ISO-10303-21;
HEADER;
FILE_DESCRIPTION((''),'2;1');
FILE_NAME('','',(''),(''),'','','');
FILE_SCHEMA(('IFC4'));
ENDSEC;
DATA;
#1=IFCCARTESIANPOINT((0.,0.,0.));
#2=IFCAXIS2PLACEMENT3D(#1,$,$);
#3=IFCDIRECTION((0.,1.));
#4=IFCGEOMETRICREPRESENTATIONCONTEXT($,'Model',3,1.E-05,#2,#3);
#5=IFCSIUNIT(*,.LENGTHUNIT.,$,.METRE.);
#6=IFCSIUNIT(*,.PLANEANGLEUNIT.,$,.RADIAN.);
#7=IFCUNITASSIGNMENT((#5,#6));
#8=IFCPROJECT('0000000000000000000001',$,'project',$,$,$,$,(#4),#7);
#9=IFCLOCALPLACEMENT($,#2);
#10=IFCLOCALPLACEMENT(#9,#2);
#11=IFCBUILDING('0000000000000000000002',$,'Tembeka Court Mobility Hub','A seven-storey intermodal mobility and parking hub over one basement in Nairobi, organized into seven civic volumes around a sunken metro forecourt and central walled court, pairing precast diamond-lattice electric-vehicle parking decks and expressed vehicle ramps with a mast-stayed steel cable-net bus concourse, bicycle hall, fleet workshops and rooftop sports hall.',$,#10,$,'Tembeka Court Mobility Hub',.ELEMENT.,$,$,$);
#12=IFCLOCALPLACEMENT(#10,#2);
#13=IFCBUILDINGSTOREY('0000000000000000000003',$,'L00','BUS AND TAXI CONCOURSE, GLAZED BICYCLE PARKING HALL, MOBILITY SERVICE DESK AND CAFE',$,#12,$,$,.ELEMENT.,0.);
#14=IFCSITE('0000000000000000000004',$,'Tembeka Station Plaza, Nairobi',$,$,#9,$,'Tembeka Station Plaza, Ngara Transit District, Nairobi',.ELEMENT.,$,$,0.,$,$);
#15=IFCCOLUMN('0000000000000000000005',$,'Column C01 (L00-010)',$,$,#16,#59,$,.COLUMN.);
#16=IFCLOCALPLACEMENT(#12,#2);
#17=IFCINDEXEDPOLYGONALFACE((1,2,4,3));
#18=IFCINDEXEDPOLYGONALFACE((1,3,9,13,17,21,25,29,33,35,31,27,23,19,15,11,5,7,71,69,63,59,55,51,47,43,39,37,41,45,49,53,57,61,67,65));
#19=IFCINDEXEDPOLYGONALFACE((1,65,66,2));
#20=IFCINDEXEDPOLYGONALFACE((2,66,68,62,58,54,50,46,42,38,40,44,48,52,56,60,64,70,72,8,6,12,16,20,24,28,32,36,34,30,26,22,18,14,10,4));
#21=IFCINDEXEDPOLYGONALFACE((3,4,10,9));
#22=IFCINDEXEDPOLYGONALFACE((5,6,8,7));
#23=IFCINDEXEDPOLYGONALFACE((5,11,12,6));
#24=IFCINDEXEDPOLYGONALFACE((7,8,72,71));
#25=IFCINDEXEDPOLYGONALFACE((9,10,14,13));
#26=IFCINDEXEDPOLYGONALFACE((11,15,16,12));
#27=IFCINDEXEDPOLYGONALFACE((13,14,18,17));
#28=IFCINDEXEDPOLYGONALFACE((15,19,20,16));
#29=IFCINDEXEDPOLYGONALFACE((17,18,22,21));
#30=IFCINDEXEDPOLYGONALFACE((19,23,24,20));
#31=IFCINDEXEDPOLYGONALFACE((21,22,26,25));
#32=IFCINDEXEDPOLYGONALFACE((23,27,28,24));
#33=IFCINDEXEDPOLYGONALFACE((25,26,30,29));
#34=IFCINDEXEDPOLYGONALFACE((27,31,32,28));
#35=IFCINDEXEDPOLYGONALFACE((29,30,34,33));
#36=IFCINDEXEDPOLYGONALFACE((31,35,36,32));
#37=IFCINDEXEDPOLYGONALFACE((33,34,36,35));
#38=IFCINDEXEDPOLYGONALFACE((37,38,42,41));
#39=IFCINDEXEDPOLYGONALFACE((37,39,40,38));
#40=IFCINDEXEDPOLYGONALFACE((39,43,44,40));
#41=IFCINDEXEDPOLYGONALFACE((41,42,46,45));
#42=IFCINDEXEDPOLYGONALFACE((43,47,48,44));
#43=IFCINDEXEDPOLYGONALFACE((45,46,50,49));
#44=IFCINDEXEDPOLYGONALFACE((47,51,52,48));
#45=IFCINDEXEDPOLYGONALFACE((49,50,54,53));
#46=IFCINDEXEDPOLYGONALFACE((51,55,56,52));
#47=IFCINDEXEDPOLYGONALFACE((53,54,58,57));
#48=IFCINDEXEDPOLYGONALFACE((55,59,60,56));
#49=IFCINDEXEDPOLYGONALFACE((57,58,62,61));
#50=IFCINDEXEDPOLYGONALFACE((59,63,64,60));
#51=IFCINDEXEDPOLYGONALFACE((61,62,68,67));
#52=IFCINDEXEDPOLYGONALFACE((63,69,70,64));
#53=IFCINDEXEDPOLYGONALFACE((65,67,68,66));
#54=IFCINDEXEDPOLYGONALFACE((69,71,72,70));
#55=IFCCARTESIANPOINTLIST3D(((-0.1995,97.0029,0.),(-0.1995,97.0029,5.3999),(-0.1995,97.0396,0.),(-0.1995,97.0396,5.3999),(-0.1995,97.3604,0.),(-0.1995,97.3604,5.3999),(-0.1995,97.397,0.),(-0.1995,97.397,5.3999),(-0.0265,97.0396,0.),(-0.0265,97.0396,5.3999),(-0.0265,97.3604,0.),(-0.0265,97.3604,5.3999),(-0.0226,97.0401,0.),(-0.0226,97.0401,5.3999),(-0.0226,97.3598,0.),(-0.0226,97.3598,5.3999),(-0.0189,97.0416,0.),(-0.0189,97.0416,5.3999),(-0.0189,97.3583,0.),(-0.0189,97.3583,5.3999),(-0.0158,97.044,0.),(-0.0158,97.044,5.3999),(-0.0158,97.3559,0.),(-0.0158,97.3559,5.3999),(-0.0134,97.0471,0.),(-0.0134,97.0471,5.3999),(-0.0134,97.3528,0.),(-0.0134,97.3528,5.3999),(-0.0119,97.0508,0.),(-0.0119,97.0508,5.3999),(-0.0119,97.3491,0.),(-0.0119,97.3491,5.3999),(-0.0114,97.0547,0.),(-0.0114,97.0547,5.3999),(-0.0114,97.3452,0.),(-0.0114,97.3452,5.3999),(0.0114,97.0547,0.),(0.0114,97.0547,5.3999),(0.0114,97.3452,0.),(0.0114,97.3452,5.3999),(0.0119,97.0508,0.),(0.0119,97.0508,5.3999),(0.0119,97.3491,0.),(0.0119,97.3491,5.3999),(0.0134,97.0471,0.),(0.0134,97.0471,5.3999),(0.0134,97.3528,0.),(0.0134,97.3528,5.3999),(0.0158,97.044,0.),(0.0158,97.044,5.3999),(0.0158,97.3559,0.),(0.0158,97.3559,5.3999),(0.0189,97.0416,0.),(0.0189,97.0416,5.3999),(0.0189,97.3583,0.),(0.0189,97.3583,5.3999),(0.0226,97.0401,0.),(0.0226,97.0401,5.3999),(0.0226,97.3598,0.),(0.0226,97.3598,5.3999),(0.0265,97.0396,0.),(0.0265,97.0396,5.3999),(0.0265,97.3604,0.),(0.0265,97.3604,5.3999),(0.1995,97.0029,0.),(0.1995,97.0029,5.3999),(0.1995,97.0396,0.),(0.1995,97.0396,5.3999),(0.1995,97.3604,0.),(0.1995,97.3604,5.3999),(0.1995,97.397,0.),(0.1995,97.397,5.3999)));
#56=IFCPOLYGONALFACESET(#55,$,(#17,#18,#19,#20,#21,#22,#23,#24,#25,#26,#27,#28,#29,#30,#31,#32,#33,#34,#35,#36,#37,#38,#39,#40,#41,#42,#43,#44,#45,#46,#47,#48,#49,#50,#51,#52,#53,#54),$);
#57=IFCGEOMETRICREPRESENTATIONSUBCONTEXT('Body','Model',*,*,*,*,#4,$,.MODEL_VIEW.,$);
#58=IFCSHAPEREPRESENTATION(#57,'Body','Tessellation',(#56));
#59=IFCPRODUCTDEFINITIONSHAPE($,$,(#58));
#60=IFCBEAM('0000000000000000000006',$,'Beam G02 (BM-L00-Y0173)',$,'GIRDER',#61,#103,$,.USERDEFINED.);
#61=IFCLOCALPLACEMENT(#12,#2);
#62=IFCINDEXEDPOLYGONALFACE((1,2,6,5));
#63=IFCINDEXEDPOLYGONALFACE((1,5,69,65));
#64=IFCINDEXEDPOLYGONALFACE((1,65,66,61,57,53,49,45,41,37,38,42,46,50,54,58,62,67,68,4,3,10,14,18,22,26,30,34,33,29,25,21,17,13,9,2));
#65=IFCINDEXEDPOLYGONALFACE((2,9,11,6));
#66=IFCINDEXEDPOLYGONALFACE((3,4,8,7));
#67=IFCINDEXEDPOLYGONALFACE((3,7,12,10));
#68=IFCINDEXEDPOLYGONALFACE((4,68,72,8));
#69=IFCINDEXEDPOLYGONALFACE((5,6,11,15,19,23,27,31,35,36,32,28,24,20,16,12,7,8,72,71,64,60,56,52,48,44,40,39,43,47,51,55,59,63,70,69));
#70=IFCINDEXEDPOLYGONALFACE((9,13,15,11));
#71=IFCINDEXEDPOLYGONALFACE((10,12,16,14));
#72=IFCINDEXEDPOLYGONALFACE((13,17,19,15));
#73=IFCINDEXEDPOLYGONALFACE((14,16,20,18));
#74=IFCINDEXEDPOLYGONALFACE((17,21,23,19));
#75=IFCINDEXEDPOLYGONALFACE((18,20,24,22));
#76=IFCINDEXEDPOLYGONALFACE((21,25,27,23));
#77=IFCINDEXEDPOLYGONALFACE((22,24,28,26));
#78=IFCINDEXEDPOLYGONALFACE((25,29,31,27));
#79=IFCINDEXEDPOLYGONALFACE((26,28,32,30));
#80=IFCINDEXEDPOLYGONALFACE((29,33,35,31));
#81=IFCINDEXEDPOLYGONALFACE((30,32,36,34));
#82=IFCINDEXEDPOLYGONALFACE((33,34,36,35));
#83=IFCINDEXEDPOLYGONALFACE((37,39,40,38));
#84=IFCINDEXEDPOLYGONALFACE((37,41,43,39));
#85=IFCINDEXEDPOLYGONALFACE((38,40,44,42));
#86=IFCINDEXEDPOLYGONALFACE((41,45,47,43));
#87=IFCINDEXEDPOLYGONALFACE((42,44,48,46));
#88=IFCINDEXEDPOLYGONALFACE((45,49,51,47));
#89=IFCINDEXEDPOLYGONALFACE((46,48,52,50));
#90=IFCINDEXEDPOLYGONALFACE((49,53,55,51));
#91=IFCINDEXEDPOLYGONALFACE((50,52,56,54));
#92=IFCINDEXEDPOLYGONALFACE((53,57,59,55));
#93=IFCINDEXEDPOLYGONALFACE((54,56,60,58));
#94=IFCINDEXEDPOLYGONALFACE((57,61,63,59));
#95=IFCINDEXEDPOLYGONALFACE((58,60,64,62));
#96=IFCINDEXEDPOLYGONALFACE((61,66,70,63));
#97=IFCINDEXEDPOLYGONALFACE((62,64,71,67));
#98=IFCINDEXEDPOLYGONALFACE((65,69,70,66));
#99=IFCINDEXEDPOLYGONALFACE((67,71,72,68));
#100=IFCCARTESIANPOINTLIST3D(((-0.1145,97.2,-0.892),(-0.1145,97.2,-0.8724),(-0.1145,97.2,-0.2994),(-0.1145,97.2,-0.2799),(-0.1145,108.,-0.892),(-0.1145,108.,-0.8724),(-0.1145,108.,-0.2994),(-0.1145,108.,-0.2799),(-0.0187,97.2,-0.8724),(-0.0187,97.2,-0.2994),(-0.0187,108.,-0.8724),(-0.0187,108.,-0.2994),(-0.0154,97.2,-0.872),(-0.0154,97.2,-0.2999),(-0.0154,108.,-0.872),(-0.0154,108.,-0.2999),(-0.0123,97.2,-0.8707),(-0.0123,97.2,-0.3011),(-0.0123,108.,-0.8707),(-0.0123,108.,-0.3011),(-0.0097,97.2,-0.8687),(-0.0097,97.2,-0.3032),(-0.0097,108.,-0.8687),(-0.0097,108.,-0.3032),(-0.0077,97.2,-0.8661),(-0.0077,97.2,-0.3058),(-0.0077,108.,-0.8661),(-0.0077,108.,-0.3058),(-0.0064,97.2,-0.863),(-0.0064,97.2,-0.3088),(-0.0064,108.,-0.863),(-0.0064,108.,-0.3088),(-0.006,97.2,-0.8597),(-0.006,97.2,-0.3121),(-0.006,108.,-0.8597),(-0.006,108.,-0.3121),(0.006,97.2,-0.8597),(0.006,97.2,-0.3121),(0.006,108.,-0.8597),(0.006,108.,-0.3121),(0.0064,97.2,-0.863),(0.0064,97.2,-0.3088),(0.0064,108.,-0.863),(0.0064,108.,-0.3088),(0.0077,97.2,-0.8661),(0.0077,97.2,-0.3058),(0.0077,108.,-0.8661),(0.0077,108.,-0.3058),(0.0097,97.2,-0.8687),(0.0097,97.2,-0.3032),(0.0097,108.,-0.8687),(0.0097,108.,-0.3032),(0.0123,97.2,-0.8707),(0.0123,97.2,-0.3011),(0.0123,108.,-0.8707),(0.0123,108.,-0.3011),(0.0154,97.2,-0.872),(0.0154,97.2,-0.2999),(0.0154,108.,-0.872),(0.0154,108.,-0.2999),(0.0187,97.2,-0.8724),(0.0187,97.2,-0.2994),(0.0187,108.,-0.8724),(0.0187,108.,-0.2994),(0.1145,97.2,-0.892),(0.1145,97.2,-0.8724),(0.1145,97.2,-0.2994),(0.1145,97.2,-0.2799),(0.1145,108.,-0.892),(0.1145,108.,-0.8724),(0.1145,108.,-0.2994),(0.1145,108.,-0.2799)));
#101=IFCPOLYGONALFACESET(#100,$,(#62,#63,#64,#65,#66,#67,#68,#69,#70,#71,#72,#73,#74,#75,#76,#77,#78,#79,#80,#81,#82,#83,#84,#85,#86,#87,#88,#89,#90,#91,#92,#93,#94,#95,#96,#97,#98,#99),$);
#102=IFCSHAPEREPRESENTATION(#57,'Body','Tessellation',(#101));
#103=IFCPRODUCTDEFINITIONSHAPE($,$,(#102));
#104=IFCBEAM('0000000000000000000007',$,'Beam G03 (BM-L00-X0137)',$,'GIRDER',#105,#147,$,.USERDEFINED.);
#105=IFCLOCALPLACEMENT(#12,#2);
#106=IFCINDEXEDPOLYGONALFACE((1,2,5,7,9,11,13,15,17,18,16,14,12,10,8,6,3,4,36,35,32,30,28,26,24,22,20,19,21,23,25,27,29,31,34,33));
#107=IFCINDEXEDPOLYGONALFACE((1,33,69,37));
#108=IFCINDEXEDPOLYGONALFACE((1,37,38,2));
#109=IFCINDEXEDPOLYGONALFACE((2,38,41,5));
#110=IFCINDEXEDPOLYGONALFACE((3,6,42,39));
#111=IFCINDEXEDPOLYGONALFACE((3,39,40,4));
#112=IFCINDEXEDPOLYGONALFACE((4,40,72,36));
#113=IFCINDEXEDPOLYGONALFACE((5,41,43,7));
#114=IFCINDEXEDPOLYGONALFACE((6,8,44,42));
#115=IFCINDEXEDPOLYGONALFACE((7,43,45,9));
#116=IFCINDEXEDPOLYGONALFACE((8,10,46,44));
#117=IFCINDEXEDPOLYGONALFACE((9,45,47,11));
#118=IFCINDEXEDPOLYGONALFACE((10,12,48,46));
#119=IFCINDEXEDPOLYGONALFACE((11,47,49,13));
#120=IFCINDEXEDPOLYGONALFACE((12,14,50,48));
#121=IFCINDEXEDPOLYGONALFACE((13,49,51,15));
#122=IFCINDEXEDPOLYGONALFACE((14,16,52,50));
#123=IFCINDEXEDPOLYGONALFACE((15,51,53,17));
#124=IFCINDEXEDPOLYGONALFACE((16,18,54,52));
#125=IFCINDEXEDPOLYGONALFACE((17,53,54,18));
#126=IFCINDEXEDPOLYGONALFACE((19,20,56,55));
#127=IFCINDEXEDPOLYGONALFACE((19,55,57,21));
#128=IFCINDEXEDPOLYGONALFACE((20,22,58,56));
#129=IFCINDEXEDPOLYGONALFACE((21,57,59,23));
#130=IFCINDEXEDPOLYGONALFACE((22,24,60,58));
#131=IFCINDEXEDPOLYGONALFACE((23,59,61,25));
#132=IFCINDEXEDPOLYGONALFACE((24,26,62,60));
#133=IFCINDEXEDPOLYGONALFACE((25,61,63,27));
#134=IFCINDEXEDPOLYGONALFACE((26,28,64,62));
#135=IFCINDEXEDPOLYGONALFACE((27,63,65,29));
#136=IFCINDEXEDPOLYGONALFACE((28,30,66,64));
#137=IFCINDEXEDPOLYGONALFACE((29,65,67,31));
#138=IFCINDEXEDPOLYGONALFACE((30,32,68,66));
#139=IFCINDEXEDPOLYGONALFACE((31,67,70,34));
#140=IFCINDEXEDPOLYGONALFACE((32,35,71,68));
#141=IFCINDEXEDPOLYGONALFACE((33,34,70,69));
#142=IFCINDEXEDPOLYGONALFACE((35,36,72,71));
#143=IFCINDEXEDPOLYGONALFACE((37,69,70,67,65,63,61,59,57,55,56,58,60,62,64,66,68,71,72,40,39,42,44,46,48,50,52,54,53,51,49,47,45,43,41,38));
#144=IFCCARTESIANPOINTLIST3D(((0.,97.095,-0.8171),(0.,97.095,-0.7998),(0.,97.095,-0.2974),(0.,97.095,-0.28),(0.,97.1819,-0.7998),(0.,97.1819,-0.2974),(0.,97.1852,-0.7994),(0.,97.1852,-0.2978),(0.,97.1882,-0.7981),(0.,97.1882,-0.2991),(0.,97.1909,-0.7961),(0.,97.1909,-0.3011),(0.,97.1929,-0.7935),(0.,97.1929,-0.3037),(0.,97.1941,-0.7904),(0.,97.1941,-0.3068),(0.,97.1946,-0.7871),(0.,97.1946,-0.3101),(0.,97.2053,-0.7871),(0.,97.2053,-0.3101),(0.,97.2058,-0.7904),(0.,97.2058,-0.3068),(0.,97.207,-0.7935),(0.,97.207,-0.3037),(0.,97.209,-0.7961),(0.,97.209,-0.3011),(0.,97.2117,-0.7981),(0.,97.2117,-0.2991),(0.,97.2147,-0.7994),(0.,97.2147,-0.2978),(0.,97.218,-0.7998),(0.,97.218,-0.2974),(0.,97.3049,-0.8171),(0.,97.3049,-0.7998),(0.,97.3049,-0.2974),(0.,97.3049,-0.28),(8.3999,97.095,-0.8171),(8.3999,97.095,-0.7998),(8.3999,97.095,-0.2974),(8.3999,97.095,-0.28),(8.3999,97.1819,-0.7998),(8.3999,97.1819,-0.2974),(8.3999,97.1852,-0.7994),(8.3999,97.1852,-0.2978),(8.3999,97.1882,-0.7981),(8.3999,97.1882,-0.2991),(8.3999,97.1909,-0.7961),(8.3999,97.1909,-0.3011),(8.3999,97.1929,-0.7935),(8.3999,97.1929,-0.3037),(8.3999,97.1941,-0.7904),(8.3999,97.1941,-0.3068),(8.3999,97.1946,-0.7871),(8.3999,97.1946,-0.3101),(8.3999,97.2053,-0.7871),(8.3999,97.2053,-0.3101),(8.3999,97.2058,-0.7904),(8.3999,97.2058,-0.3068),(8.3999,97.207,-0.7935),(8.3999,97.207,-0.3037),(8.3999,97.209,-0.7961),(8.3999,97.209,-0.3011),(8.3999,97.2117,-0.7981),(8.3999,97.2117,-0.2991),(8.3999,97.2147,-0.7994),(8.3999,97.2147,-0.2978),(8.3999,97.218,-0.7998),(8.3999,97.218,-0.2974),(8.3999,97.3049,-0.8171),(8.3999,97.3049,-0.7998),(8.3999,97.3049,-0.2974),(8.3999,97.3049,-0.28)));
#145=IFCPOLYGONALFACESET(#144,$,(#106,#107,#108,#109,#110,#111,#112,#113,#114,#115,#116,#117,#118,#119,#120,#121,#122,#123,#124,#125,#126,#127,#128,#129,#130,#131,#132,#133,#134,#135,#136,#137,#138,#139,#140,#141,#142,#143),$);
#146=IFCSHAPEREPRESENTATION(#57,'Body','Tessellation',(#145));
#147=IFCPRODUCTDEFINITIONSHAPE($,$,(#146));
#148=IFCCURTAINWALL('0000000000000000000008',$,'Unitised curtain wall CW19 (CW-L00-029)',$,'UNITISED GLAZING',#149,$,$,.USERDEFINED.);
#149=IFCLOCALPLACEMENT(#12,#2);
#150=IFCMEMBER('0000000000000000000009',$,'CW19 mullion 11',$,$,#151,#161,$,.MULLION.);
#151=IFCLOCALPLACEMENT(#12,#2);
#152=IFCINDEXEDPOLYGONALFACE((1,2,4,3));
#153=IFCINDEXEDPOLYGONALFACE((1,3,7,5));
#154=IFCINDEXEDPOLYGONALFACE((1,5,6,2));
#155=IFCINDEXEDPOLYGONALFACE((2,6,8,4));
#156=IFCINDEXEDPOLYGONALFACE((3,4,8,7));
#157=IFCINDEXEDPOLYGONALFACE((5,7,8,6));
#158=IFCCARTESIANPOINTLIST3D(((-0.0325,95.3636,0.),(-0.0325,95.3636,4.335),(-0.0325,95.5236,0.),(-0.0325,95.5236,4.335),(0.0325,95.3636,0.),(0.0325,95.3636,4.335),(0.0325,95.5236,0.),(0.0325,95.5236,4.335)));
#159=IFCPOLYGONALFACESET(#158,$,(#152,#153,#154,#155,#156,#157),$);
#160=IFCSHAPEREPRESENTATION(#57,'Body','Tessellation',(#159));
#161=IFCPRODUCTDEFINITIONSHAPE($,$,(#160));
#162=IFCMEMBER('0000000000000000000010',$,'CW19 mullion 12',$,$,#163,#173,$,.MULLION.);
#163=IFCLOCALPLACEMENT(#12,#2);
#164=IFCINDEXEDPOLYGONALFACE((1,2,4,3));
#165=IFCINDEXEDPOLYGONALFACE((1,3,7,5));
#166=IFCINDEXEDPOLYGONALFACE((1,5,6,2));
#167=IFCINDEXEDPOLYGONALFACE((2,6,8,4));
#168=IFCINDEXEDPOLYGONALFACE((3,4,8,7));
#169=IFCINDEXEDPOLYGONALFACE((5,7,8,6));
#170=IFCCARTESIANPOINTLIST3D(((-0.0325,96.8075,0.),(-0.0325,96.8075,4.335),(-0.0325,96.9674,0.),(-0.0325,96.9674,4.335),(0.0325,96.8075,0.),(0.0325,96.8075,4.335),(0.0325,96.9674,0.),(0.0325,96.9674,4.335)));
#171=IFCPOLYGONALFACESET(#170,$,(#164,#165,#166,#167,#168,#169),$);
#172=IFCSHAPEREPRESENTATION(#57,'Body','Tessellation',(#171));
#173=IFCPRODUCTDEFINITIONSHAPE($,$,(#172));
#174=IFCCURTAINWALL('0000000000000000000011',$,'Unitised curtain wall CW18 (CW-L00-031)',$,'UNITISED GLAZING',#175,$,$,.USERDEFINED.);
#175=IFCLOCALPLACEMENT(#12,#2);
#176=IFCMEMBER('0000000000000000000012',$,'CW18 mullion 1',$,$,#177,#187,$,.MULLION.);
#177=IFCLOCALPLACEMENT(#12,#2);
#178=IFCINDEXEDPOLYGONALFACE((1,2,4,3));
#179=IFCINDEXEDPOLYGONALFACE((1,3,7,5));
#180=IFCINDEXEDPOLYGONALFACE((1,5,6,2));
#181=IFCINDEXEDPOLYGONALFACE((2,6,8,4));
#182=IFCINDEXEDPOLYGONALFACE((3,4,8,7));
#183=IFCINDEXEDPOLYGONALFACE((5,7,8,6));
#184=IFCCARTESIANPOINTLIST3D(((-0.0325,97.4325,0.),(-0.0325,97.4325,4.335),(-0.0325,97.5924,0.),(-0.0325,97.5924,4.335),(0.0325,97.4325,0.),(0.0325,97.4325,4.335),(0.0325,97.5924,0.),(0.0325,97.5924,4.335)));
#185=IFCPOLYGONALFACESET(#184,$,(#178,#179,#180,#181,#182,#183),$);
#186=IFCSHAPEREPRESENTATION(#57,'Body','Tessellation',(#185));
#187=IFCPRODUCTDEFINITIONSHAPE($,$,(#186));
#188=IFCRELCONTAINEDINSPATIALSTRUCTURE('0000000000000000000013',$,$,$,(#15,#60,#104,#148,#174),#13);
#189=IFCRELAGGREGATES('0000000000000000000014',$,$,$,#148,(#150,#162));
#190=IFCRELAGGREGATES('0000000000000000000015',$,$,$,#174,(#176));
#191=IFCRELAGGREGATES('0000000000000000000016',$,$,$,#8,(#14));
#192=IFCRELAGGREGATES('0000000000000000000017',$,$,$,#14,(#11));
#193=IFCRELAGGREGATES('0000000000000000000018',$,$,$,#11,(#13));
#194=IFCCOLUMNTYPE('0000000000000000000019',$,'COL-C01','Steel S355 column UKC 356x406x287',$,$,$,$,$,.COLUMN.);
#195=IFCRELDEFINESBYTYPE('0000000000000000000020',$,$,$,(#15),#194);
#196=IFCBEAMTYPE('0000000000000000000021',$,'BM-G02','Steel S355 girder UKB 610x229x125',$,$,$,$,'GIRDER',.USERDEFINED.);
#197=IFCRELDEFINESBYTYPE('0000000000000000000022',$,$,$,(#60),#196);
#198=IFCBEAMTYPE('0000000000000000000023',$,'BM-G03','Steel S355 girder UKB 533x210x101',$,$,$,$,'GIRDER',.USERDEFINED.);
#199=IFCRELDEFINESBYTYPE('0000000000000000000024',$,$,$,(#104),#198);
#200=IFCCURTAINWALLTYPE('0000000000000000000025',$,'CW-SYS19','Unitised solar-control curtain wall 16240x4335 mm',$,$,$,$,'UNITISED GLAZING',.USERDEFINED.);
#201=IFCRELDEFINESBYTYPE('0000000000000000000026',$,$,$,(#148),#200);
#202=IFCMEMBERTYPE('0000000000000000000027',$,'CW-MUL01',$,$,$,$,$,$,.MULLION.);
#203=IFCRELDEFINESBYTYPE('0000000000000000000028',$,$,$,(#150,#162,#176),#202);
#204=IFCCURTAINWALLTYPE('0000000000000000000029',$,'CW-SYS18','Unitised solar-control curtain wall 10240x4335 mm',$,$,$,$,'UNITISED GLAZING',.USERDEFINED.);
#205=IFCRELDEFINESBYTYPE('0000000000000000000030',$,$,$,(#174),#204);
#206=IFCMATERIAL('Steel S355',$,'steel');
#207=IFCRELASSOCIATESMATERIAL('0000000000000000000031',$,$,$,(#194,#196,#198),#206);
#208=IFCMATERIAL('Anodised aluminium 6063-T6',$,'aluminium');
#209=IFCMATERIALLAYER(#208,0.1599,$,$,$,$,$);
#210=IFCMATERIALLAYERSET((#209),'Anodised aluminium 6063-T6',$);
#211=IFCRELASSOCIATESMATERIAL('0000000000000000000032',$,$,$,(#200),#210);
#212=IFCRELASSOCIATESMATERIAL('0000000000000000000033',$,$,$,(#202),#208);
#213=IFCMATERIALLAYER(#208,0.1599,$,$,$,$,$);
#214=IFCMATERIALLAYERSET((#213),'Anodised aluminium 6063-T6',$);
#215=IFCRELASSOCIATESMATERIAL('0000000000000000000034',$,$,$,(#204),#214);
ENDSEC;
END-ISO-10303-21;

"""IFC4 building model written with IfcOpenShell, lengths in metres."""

from ifc_helpers import new_model, si_unit, direction, frame, origin, origin_2d, place, context, subcontext, project, spatial, rectangle, i_section, extrude, material, layer, layer_set, material_profile, profile_set, type_object, element, aggregate, save


model = new_model("IFC4")

# Units and contexts
model_context = context("Model", 3, precision=1e-05, world=origin(), true_north=direction((0.0, 1.0)))
body_context = subcontext(model_context, "Body", "Model", "MODEL_VIEW")
ifc_project = project(units=[si_unit("LENGTHUNIT", "METRE"), si_unit("PLANEANGLEUNIT", "RADIAN")], contexts=[model_context])

# Site, building, storey
site_placement = place(None, origin())
site = spatial("IfcSite", under=ifc_project, at=site_placement, Name="Tembeka Station Plaza, Nairobi", LongName="Tembeka Station Plaza, Ngara Transit District, Nairobi", CompositionType="ELEMENT", RefElevation=0.0)
building_placement = place(site_placement, origin())
building = spatial("IfcBuilding", under=site, at=building_placement, Name="Tembeka Court Mobility Hub", Description="A seven-storey intermodal mobility and parking hub over one basement in Nairobi, organized into seven civic volumes around a sunken metro forecourt and central walled court, pairing precast diamond-lattice electric-vehicle parking decks and expressed vehicle ramps with a mast-stayed steel cable-net bus concourse, bicycle hall, fleet workshops and rooftop sports hall.", LongName="Tembeka Court Mobility Hub", CompositionType="ELEMENT")
storey_placement = place(building_placement, origin())
storey = spatial("IfcBuildingStorey", under=building, at=storey_placement, Name="L00", Description="BUS AND TAXI CONCOURSE, GLAZED BICYCLE PARKING HALL, MOBILITY SERVICE DESK AND CAFE", CompositionType="ELEMENT", Elevation=0.0)

# Column
ifc_material_1 = material(Name="Steel S355", Category="steel")
ifc_material_profile_1 = material_profile(ifc_material_1, i_section(OverallWidth=0.3989, OverallDepth=0.394, WebThickness=0.0227, FlangeThickness=0.0366, FilletRadius=0.0151, at=origin_2d()), Name="UKC 356x406x287")
ifc_profile_set_1 = profile_set([ifc_material_profile_1], Name="Steel S355")
column_type = type_object("IfcColumnType", Name="COL-C01", Description="Steel S355 column UKC 356x406x287", PredefinedType="COLUMN", material=ifc_profile_set_1)
column_placement = place(storey_placement, frame((0.0, 97.2, 0.0), z_axis=(0.0, 0.0, 1.0), x_axis=(1.0, 0.0, 0.0)))
element("IfcColumn", 1, at=column_placement, inside=storey, type_object=column_type, Name="Column C01 (L00-010)", PredefinedType="COLUMN", context=body_context, shape_type="SweptSolid", body=[
    extrude(i_section(OverallWidth=0.3989, OverallDepth=0.394, WebThickness=0.0227, FlangeThickness=0.0366, FilletRadius=0.0151, at=origin_2d()), origin(), (0.0, 0.0, 1.0), 5.3999),
])

# Beams
ifc_material_profile_2 = material_profile(ifc_material_1, i_section(OverallWidth=0.229, OverallDepth=0.6121, WebThickness=0.012, FlangeThickness=0.0195, FilletRadius=0.0127, at=origin_2d()), Name="UKB 610x229x125")
ifc_profile_set_2 = profile_set([ifc_material_profile_2], Name="Steel S355")
beam_type_1 = type_object("IfcBeamType", Name="BM-G02", Description="Steel S355 girder UKB 610x229x125", ElementType="GIRDER", PredefinedType="USERDEFINED", material=ifc_profile_set_2)
beam_1_placement = place(storey_placement, frame((0.0, 97.2, -0.5859), z_axis=(0.0, 1.0, 0.0), x_axis=(-1.0, 0.0, 0.0)))
element("IfcBeam", 2, at=beam_1_placement, inside=storey, type_object=beam_type_1, Name="Beam G02 (BM-L00-Y0173)", ObjectType="GIRDER", PredefinedType="USERDEFINED", context=body_context, shape_type="SweptSolid", body=[
    extrude(i_section(OverallWidth=0.229, OverallDepth=0.6121, WebThickness=0.012, FlangeThickness=0.0195, FilletRadius=0.0127, at=origin_2d()), origin(), (0.0, 0.0, 1.0), 10.8),
])
ifc_material_profile_3 = material_profile(ifc_material_1, i_section(OverallWidth=0.21, OverallDepth=0.5371, WebThickness=0.0107, FlangeThickness=0.0173, FilletRadius=0.0127, at=origin_2d()), Name="UKB 533x210x101")
ifc_profile_set_3 = profile_set([ifc_material_profile_3], Name="Steel S355")
beam_type_2 = type_object("IfcBeamType", Name="BM-G03", Description="Steel S355 girder UKB 533x210x101", ElementType="GIRDER", PredefinedType="USERDEFINED", material=ifc_profile_set_3)
beam_2_placement = place(storey_placement, frame((0.0, 97.2, -0.5486), z_axis=(1.0, 0.0, 0.0), x_axis=(0.0, 1.0, 0.0)))
element("IfcBeam", 3, at=beam_2_placement, inside=storey, type_object=beam_type_2, Name="Beam G03 (BM-L00-X0137)", ObjectType="GIRDER", PredefinedType="USERDEFINED", context=body_context, shape_type="SweptSolid", body=[
    extrude(i_section(OverallWidth=0.21, OverallDepth=0.5371, WebThickness=0.0107, FlangeThickness=0.0173, FilletRadius=0.0127, at=origin_2d()), origin(), (0.0, 0.0, 1.0), 8.3999),
])

# Curtain walls, members
ifc_material_2 = material(Name="Anodised aluminium 6063-T6", Category="aluminium")
ifc_layer_1 = layer(ifc_material_2, 0.1599)
ifc_layer_set_1 = layer_set([ifc_layer_1], Name="Anodised aluminium 6063-T6")
curtain_wall_type_1 = type_object("IfcCurtainWallType", Name="CW-SYS19", Description="Unitised solar-control curtain wall 16240x4335 mm", ElementType="UNITISED GLAZING", PredefinedType="USERDEFINED", material=ifc_layer_set_1)
curtain_wall_1_placement = place(storey_placement, origin())
curtain_wall_1 = element("IfcCurtainWall", 4, at=curtain_wall_1_placement, inside=storey, type_object=curtain_wall_type_1, Name="Unitised curtain wall CW19 (CW-L00-029)", ObjectType="UNITISED GLAZING", PredefinedType="USERDEFINED")
ifc_material_profile_4 = material_profile(ifc_material_2, rectangle(XDim=0.0649, YDim=0.1599, at=origin_2d()), Name="ALU-MUL 65x160")
ifc_profile_set_4 = profile_set([ifc_material_profile_4], Name="Anodised aluminium 6063-T6")
member_type_1 = type_object("IfcMemberType", Name="CW-MUL01", PredefinedType="MULLION", material=ifc_profile_set_4)
member_1_placement = place(storey_placement, frame((0.0, 95.4436, 0.0), z_axis=(0.0, 0.0, 1.0), x_axis=(-1.0, 0.0, 0.0)))
member_1 = element("IfcMember", 5, at=member_1_placement, type_object=member_type_1, Name="CW19 mullion 11", PredefinedType="MULLION", context=body_context, shape_type="SweptSolid", body=[
    extrude(rectangle(XDim=0.0649, YDim=0.1599, at=origin_2d()), origin(), (0.0, 0.0, 1.0), 4.335),
])
member_2_placement = place(storey_placement, frame((0.0, 96.8875, 0.0), z_axis=(0.0, 0.0, 1.0), x_axis=(-1.0, 0.0, 0.0)))
member_2 = element("IfcMember", 6, at=member_2_placement, type_object=member_type_1, Name="CW19 mullion 12", PredefinedType="MULLION", context=body_context, shape_type="SweptSolid", body=[
    extrude(rectangle(XDim=0.0649, YDim=0.1599, at=origin_2d()), origin(), (0.0, 0.0, 1.0), 4.335),
])
ifc_layer_2 = layer(ifc_material_2, 0.1599)
ifc_layer_set_2 = layer_set([ifc_layer_2], Name="Anodised aluminium 6063-T6")
curtain_wall_type_2 = type_object("IfcCurtainWallType", Name="CW-SYS18", Description="Unitised solar-control curtain wall 10240x4335 mm", ElementType="UNITISED GLAZING", PredefinedType="USERDEFINED", material=ifc_layer_set_2)
curtain_wall_2_placement = place(storey_placement, origin())
curtain_wall_2 = element("IfcCurtainWall", 7, at=curtain_wall_2_placement, inside=storey, type_object=curtain_wall_type_2, Name="Unitised curtain wall CW18 (CW-L00-031)", ObjectType="UNITISED GLAZING", PredefinedType="USERDEFINED")
member_3_placement = place(storey_placement, frame((0.0, 97.5125, 0.0), z_axis=(0.0, 0.0, 1.0), x_axis=(-1.0, 0.0, 0.0)))
member_3 = element("IfcMember", 8, at=member_3_placement, type_object=member_type_1, Name="CW18 mullion 1", PredefinedType="MULLION", context=body_context, shape_type="SweptSolid", body=[
    extrude(rectangle(XDim=0.0649, YDim=0.1599, at=origin_2d()), origin(), (0.0, 0.0, 1.0), 4.335),
])

aggregate(curtain_wall_1, [member_1, member_2])
aggregate(curtain_wall_2, [member_3])

save(model, "model.ifc")
